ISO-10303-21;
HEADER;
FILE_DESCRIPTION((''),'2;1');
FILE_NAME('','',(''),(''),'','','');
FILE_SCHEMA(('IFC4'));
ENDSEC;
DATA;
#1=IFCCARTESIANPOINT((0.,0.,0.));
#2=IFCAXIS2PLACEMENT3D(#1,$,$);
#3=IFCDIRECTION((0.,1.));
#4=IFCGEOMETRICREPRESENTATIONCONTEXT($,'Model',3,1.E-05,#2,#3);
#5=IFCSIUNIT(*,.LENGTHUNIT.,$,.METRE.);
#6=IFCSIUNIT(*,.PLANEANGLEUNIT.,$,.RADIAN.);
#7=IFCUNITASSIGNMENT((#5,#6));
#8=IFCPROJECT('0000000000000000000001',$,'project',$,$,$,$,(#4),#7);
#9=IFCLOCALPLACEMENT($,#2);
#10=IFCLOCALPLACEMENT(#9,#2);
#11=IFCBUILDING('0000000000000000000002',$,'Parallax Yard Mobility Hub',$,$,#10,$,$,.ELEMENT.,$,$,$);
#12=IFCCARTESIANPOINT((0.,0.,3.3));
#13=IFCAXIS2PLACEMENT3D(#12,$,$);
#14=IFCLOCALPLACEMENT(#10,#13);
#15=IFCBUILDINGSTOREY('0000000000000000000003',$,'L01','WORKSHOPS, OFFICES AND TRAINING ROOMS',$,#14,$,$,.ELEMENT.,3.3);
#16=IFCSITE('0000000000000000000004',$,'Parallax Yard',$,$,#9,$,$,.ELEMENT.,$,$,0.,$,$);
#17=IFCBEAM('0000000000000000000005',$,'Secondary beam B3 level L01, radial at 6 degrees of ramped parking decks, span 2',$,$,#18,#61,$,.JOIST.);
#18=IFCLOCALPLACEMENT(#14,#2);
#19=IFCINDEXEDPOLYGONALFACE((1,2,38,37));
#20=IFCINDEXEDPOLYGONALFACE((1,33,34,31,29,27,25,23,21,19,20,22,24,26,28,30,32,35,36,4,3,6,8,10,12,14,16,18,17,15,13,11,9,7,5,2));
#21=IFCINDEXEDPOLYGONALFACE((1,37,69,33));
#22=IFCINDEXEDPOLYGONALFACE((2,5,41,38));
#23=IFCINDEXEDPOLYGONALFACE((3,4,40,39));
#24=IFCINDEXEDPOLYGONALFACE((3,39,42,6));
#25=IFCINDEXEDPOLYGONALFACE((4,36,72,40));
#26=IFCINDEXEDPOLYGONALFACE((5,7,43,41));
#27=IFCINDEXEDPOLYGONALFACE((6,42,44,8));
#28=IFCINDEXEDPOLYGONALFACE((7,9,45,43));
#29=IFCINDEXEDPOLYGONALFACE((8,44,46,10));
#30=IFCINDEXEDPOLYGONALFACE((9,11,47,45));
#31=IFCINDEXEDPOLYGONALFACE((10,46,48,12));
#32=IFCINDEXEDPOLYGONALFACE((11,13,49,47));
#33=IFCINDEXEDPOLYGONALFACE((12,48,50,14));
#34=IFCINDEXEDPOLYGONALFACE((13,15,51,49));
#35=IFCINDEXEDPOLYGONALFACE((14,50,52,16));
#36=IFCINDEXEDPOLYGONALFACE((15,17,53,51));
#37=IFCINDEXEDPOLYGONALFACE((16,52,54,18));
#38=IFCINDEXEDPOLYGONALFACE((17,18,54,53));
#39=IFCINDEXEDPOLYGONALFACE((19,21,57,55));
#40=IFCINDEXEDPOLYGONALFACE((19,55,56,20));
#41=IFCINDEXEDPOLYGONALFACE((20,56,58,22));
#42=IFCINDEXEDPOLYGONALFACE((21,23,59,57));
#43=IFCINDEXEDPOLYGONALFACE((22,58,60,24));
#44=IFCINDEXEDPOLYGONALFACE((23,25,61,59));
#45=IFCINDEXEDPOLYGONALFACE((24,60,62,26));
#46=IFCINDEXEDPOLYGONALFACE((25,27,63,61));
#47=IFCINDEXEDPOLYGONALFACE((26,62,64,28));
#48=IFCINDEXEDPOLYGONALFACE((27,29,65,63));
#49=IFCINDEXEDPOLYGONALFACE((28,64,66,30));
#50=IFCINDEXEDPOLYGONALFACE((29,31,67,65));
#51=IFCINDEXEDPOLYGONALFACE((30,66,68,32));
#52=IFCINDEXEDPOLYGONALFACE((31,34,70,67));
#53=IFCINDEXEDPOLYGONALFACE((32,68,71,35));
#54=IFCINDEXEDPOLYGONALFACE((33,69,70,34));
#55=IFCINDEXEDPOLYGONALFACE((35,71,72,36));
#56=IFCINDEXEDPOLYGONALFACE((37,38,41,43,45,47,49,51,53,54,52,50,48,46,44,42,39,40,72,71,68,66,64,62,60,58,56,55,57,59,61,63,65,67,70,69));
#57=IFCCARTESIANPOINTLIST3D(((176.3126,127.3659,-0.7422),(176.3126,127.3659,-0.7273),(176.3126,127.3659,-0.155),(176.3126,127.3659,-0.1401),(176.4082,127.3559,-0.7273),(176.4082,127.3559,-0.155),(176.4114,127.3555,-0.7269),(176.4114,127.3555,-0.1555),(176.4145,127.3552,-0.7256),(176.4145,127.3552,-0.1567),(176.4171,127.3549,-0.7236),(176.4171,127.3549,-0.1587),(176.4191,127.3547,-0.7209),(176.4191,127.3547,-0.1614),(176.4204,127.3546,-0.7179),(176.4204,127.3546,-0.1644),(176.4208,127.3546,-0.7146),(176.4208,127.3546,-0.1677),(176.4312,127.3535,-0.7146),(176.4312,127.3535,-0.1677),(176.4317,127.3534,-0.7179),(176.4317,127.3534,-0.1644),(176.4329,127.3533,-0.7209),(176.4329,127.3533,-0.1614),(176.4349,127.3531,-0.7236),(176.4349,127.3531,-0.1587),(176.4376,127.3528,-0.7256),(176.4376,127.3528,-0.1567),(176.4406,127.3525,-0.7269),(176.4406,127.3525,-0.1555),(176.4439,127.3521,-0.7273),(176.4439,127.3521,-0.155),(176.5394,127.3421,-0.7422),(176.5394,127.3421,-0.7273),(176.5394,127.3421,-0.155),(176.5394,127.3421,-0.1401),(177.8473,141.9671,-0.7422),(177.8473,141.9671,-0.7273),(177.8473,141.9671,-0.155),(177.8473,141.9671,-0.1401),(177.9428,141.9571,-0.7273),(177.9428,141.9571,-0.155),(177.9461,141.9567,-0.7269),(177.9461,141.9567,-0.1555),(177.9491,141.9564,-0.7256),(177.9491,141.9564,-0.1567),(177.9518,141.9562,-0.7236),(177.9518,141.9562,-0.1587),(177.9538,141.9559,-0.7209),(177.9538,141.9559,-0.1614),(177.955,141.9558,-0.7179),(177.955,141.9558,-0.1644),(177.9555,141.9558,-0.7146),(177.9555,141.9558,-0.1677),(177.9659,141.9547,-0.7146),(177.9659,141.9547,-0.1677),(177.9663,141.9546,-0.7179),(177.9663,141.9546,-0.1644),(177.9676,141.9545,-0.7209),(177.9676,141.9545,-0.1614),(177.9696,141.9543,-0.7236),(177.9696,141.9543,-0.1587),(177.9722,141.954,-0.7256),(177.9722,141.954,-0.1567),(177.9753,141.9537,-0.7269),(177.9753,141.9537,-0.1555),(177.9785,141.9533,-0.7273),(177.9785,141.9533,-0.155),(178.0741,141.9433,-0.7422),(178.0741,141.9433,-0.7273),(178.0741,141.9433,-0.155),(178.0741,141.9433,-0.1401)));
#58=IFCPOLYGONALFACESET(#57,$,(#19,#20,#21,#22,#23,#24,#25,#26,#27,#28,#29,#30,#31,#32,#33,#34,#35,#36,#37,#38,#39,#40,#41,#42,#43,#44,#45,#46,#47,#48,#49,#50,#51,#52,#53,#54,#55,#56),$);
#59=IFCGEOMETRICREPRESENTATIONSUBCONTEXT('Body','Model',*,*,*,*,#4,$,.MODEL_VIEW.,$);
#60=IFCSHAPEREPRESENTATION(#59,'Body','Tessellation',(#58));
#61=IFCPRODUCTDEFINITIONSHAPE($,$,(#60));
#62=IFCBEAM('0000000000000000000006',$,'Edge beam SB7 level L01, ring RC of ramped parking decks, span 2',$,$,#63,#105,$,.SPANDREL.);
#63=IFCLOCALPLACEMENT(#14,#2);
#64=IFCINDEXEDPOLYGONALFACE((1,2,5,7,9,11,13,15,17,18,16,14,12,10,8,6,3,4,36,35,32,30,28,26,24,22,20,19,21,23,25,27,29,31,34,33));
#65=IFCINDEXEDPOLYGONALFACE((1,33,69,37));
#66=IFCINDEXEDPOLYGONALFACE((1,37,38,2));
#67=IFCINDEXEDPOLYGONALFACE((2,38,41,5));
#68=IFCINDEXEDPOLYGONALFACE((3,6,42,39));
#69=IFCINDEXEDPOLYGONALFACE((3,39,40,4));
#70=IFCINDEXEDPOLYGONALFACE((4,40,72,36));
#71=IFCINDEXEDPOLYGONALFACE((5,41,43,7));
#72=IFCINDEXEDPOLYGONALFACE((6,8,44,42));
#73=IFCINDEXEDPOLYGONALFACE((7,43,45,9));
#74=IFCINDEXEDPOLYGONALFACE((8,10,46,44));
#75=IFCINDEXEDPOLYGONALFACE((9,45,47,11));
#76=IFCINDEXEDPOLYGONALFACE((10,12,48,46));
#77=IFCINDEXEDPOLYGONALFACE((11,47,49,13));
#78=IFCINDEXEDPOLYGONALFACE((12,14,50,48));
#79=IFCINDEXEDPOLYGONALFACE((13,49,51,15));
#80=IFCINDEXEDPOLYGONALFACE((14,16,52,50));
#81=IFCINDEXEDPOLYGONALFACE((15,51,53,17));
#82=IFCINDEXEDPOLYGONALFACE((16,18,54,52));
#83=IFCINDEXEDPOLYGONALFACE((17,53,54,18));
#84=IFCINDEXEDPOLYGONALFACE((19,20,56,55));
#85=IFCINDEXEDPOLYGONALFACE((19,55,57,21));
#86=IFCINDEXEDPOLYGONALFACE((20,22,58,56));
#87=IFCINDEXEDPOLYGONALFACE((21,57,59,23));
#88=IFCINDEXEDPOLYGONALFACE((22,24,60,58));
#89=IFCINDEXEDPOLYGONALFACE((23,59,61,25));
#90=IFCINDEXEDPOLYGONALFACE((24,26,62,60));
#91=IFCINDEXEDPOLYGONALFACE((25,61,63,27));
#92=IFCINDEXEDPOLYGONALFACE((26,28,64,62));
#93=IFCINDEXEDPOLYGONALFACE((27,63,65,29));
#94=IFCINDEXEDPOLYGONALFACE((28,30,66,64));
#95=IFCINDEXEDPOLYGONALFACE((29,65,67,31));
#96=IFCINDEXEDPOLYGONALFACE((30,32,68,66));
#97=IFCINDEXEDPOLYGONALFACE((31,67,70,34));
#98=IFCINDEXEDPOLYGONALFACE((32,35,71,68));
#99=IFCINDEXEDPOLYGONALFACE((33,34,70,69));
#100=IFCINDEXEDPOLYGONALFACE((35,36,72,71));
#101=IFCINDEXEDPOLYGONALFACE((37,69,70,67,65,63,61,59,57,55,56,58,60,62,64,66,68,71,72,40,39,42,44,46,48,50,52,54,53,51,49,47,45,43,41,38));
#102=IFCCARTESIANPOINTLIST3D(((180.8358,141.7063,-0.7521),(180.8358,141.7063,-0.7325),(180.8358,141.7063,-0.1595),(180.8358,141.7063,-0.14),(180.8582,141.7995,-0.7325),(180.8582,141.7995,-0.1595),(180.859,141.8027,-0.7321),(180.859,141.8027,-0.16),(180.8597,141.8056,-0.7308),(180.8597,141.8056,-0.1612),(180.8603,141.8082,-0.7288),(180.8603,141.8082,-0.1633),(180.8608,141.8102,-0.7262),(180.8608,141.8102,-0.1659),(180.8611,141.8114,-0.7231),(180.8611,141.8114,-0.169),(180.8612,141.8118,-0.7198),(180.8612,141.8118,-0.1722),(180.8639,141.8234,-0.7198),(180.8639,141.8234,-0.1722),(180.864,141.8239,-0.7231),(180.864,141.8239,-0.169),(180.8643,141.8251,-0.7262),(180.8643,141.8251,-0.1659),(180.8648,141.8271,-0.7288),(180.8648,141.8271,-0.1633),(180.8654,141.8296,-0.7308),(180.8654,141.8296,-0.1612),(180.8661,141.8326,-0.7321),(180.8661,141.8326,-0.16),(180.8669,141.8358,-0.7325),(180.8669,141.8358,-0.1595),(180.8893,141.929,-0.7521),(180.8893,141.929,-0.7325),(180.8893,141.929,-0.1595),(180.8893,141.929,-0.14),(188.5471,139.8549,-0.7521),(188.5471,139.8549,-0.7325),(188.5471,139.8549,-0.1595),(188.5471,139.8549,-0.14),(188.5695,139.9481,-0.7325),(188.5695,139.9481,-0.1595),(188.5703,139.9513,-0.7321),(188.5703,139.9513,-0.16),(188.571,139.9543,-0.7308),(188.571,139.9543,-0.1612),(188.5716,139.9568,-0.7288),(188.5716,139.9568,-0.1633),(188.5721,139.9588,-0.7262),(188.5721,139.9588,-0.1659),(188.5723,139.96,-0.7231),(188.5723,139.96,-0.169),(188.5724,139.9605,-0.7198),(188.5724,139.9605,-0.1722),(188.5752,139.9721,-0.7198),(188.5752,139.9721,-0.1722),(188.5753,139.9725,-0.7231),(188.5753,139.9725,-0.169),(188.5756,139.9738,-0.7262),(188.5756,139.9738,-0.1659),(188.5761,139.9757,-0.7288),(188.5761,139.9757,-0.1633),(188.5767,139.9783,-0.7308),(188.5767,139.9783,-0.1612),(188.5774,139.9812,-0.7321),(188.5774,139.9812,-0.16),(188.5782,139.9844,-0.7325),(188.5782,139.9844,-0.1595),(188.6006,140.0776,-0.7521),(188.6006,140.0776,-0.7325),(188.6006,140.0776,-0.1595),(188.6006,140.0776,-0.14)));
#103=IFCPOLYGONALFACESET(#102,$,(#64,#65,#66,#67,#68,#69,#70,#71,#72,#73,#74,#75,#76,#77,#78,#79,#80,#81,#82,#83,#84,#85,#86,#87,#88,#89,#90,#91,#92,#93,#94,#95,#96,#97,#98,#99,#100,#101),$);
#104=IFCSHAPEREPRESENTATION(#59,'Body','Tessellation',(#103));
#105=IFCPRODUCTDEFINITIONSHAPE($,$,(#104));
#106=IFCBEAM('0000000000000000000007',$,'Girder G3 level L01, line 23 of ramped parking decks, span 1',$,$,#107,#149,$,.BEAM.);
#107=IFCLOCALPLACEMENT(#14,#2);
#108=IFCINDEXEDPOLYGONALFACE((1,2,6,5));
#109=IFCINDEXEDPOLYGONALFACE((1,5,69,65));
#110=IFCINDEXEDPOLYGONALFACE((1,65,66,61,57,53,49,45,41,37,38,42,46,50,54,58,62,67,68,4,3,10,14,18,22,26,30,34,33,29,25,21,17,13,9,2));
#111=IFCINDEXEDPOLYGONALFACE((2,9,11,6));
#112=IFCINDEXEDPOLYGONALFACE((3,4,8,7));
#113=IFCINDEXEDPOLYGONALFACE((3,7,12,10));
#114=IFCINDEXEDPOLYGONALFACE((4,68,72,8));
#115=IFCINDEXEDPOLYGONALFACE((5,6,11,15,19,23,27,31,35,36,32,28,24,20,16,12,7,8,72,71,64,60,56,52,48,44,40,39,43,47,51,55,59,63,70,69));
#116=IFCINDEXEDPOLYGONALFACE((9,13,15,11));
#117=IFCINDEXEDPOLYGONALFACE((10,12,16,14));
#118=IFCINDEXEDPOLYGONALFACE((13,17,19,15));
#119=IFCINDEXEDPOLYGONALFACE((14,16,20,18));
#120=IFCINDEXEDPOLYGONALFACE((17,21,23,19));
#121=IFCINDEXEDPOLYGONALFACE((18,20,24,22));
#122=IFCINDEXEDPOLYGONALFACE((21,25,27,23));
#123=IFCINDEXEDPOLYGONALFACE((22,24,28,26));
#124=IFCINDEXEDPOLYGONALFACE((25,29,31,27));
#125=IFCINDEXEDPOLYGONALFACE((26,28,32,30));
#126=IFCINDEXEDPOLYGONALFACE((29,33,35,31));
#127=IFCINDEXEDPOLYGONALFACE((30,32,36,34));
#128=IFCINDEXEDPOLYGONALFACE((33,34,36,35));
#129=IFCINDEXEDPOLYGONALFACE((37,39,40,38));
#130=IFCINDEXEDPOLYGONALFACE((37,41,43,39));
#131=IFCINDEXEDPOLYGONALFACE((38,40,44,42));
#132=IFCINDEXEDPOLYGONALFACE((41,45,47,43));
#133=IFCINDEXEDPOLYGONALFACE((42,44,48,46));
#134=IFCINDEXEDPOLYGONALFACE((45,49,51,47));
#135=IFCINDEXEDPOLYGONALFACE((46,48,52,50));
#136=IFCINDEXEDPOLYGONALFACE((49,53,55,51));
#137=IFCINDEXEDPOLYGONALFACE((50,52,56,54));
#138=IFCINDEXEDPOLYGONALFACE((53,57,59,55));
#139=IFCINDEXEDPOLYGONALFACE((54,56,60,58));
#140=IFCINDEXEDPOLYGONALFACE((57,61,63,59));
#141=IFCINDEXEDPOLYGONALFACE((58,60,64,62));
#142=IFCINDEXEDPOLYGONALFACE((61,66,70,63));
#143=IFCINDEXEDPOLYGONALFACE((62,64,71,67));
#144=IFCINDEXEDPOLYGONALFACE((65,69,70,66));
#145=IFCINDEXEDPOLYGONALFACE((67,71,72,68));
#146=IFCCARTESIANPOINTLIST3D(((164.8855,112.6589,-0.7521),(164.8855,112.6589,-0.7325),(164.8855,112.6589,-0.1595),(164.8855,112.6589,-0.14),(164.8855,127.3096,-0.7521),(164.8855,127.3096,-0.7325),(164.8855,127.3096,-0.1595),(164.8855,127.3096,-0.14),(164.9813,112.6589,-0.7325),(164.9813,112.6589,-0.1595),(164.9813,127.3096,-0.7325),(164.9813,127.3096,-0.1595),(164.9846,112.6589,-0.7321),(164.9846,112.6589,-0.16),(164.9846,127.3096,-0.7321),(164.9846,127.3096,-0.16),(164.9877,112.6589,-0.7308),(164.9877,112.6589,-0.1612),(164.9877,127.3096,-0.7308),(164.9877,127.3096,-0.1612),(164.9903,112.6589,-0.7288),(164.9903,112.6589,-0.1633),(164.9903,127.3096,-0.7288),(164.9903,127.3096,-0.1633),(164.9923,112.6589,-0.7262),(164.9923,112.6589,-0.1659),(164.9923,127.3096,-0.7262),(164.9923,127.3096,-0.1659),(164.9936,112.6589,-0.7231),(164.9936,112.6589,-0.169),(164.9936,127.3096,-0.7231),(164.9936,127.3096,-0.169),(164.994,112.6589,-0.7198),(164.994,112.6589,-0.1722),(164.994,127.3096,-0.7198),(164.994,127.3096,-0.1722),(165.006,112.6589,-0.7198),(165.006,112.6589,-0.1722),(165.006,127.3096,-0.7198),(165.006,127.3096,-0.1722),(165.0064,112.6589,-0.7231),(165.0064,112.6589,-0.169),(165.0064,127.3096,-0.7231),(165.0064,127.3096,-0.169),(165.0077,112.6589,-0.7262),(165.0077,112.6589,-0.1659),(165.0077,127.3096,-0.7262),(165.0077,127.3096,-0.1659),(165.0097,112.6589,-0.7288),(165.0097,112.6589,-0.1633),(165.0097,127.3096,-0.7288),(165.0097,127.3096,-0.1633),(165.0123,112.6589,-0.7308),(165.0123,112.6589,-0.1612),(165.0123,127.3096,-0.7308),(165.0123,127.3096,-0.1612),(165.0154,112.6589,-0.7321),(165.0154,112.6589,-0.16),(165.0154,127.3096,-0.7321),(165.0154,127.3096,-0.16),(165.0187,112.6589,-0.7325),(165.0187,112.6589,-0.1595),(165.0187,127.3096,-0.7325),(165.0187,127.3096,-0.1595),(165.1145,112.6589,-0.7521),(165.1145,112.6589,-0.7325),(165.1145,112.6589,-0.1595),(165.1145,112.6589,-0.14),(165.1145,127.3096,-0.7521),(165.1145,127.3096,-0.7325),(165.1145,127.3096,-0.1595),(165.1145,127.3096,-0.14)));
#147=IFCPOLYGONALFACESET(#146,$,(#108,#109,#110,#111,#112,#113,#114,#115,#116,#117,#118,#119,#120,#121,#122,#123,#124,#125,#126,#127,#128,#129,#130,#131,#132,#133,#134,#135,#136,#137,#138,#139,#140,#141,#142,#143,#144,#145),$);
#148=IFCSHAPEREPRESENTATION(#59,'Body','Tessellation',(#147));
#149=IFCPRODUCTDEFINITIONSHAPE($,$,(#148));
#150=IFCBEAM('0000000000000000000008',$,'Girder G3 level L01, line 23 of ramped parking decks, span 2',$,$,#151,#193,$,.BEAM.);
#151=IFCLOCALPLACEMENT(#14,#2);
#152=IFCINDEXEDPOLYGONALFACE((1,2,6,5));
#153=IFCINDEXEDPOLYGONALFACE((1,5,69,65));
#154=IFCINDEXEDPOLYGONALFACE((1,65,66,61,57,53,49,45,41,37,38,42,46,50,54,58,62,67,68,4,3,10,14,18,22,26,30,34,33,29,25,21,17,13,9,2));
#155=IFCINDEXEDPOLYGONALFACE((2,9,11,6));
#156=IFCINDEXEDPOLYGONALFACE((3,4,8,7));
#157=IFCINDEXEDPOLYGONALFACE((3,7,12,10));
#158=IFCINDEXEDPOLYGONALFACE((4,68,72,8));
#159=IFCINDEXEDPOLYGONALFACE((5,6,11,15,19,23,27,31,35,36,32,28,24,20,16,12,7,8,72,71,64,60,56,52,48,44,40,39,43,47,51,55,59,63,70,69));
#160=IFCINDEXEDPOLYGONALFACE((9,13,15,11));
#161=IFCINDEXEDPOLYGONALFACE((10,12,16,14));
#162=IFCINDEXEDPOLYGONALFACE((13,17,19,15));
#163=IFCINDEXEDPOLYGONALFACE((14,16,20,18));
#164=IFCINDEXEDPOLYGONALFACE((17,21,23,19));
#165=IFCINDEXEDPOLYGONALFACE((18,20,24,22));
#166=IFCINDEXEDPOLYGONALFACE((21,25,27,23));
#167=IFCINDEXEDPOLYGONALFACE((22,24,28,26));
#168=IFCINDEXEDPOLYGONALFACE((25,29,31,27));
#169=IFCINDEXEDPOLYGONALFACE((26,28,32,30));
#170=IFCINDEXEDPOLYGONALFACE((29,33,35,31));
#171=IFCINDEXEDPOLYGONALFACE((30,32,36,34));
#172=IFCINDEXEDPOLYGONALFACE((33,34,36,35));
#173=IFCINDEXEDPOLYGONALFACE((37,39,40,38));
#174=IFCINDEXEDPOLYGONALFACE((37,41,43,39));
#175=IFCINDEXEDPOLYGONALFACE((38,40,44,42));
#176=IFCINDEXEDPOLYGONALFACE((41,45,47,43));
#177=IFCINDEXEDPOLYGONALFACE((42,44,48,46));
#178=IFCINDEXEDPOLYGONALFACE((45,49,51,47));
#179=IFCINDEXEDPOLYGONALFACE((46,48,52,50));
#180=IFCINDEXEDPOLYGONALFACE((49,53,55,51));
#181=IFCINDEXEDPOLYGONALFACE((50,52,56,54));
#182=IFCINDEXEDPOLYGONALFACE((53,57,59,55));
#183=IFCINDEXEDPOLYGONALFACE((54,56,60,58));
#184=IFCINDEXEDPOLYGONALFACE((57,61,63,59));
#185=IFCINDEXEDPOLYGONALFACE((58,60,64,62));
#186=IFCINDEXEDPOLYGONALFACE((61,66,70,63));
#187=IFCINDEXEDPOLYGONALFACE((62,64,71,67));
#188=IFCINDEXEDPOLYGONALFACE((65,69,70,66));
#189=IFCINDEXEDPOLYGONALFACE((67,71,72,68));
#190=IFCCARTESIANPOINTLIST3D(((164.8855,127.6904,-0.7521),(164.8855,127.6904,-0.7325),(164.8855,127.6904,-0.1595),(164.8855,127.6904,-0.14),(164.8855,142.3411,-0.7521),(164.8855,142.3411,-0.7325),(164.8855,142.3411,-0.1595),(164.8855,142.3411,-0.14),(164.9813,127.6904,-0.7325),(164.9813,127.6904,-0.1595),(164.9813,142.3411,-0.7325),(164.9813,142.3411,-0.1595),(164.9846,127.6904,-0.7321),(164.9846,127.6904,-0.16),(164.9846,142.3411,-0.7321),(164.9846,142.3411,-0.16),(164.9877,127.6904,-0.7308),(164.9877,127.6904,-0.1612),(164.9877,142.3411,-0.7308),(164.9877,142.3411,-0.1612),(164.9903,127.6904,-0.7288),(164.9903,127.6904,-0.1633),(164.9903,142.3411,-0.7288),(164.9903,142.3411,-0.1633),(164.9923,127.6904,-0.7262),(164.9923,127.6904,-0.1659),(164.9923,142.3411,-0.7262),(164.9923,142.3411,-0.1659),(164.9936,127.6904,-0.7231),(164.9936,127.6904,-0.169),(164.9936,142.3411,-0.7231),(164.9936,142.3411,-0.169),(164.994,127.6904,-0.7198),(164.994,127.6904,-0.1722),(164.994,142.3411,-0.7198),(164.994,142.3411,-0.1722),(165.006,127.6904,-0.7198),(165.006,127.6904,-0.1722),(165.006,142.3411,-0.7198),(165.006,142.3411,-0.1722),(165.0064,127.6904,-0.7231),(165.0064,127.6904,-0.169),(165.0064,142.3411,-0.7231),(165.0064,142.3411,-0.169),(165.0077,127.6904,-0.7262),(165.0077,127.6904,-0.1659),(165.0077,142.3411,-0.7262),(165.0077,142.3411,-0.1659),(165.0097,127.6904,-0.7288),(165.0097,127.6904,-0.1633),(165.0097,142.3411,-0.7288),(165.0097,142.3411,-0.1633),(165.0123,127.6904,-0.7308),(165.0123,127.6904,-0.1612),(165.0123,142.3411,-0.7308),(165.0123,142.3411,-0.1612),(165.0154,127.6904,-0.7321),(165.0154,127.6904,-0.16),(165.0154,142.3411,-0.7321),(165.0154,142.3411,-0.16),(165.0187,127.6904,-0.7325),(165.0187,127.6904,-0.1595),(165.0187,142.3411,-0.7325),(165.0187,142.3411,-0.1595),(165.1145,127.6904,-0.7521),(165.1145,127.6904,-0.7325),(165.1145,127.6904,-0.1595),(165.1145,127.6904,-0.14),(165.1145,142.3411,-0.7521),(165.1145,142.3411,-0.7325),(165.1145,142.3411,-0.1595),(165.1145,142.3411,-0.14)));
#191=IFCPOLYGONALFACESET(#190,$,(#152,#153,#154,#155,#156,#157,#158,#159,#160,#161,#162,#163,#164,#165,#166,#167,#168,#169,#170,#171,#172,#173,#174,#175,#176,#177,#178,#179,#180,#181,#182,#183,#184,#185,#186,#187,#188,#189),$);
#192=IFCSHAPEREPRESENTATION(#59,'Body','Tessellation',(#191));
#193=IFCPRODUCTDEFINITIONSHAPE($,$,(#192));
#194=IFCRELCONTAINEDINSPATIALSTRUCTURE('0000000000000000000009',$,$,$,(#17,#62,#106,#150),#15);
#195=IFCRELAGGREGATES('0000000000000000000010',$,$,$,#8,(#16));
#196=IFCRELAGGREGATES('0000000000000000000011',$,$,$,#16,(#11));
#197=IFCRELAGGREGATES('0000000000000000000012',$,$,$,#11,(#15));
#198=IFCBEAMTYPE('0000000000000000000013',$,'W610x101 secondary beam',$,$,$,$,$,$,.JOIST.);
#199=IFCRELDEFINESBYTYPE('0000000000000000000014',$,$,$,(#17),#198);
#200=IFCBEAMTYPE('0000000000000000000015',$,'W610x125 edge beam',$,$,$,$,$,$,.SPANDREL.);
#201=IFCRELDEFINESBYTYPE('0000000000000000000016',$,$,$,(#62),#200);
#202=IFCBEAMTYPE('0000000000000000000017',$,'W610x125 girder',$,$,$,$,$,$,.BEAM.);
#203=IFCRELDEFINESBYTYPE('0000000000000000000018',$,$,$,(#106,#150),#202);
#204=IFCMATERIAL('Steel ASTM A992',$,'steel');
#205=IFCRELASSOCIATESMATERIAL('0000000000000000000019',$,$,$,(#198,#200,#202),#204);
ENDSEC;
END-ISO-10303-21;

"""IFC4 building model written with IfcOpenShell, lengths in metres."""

from ifc_helpers import new_model, si_unit, direction, frame, origin, origin_2d, place, context, subcontext, project, spatial, i_section, extrude, material, material_profile, profile_set, type_object, element, save


model = new_model("IFC4")

# Units and contexts
model_context = context("Model", 3, precision=1e-05, world=origin(), true_north=direction((0.0, 1.0)))
body_context = subcontext(model_context, "Body", "Model", "MODEL_VIEW")
ifc_project = project(units=[si_unit("LENGTHUNIT", "METRE"), si_unit("PLANEANGLEUNIT", "RADIAN")], contexts=[model_context])

# Site, building, storey
site_placement = place(None, origin())
site = spatial("IfcSite", under=ifc_project, at=site_placement, Name="Parallax Yard", CompositionType="ELEMENT", RefElevation=0.0)
building_placement = place(site_placement, origin())
building = spatial("IfcBuilding", under=site, at=building_placement, Name="Parallax Yard Mobility Hub", CompositionType="ELEMENT")
storey_placement = place(building_placement, frame((0.0, 0.0, 3.3)))
storey = spatial("IfcBuildingStorey", under=building, at=storey_placement, Name="L01", Description="WORKSHOPS, OFFICES AND TRAINING ROOMS", CompositionType="ELEMENT", Elevation=3.3)

# Shared definitions
ifc_material_1 = material(Name="Steel ASTM A992", Category="steel")

# Beams
ifc_material_profile_1 = material_profile(ifc_material_1, i_section(OverallWidth=0.228, OverallDepth=0.6021, WebThickness=0.0105, FlangeThickness=0.0149, FilletRadius=0.0127, at=origin_2d()), Name="W610x101")
ifc_profile_set_1 = profile_set([ifc_material_profile_1], Name="Steel ASTM A992")
beam_type_1 = type_object("IfcBeamType", Name="W610x101 secondary beam", PredefinedType="JOIST", material=ifc_profile_set_1)
for number, where, z_axis, x_axis, name in (
    (1, (176.426, 127.354, -0.4412), (0.104529, 0.994522, 0.0), (-0.994522, 0.104529, 0.0), "Secondary beam B3 level L01, radial at 6 degrees of ramped parking decks, span 2"),
):
    element("IfcBeam", number, at=place(storey_placement, frame(where, z_axis=z_axis, x_axis=x_axis)), inside=storey, type_object=beam_type_1, Name=name, PredefinedType="JOIST", context=body_context, shape_type="SweptSolid", body=[
        extrude(i_section(OverallWidth=0.228, OverallDepth=0.6021, WebThickness=0.0105, FlangeThickness=0.0149, FilletRadius=0.0127, at=origin_2d()), origin(), (0.0, 0.0, 1.0), 14.6816),
    ])
ifc_material_profile_2 = material_profile(ifc_material_1, i_section(OverallWidth=0.229, OverallDepth=0.6121, WebThickness=0.012, FlangeThickness=0.0195, FilletRadius=0.0127, at=origin_2d()), Name="W610x125")
ifc_profile_set_2 = profile_set([ifc_material_profile_2], Name="Steel ASTM A992")
beam_type_2 = type_object("IfcBeamType", Name="W610x125 edge beam", PredefinedType="SPANDREL", material=ifc_profile_set_2)
beam_1_placement = place(storey_placement, frame((180.8625, 141.8176, -0.446), z_axis=(0.972369, -0.233449, 0.0), x_axis=(0.233449, 0.972369, 0.0)))
element("IfcBeam", 2, at=beam_1_placement, inside=storey, type_object=beam_type_2, Name="Edge beam SB7 level L01, ring RC of ramped parking decks, span 2", PredefinedType="SPANDREL", context=body_context, shape_type="SweptSolid", body=[
    extrude(i_section(OverallWidth=0.229, OverallDepth=0.6121, WebThickness=0.012, FlangeThickness=0.0195, FilletRadius=0.0127, at=origin_2d()), origin(), (0.0, 0.0, 1.0), 7.9304),
])
ifc_material_profile_3 = material_profile(ifc_material_1, i_section(OverallWidth=0.229, OverallDepth=0.6121, WebThickness=0.012, FlangeThickness=0.0195, FilletRadius=0.0127, at=origin_2d()), Name="W610x125")
ifc_profile_set_3 = profile_set([ifc_material_profile_3], Name="Steel ASTM A992")
beam_type_3 = type_object("IfcBeamType", Name="W610x125 girder", PredefinedType="BEAM", material=ifc_profile_set_3)
for number, where, z_axis, x_axis, name in (
    (3, (165.0, 112.6589, -0.446), (0.0, 1.0, 0.0), (-1.0, 0.0, 0.0), "Girder G3 level L01, line 23 of ramped parking decks, span 1"),
    (4, (165.0, 127.6904, -0.446), (0.0, 1.0, 0.0), (-1.0, 0.0, 0.0), "Girder G3 level L01, line 23 of ramped parking decks, span 2"),
):
    element("IfcBeam", number, at=place(storey_placement, frame(where, z_axis=z_axis, x_axis=x_axis)), inside=storey, type_object=beam_type_3, Name=name, PredefinedType="BEAM", context=body_context, shape_type="SweptSolid", body=[
        extrude(i_section(OverallWidth=0.229, OverallDepth=0.6121, WebThickness=0.012, FlangeThickness=0.0195, FilletRadius=0.0127, at=origin_2d()), origin(), (0.0, 0.0, 1.0), 14.6506),
    ])

save(model, "model.ifc")
